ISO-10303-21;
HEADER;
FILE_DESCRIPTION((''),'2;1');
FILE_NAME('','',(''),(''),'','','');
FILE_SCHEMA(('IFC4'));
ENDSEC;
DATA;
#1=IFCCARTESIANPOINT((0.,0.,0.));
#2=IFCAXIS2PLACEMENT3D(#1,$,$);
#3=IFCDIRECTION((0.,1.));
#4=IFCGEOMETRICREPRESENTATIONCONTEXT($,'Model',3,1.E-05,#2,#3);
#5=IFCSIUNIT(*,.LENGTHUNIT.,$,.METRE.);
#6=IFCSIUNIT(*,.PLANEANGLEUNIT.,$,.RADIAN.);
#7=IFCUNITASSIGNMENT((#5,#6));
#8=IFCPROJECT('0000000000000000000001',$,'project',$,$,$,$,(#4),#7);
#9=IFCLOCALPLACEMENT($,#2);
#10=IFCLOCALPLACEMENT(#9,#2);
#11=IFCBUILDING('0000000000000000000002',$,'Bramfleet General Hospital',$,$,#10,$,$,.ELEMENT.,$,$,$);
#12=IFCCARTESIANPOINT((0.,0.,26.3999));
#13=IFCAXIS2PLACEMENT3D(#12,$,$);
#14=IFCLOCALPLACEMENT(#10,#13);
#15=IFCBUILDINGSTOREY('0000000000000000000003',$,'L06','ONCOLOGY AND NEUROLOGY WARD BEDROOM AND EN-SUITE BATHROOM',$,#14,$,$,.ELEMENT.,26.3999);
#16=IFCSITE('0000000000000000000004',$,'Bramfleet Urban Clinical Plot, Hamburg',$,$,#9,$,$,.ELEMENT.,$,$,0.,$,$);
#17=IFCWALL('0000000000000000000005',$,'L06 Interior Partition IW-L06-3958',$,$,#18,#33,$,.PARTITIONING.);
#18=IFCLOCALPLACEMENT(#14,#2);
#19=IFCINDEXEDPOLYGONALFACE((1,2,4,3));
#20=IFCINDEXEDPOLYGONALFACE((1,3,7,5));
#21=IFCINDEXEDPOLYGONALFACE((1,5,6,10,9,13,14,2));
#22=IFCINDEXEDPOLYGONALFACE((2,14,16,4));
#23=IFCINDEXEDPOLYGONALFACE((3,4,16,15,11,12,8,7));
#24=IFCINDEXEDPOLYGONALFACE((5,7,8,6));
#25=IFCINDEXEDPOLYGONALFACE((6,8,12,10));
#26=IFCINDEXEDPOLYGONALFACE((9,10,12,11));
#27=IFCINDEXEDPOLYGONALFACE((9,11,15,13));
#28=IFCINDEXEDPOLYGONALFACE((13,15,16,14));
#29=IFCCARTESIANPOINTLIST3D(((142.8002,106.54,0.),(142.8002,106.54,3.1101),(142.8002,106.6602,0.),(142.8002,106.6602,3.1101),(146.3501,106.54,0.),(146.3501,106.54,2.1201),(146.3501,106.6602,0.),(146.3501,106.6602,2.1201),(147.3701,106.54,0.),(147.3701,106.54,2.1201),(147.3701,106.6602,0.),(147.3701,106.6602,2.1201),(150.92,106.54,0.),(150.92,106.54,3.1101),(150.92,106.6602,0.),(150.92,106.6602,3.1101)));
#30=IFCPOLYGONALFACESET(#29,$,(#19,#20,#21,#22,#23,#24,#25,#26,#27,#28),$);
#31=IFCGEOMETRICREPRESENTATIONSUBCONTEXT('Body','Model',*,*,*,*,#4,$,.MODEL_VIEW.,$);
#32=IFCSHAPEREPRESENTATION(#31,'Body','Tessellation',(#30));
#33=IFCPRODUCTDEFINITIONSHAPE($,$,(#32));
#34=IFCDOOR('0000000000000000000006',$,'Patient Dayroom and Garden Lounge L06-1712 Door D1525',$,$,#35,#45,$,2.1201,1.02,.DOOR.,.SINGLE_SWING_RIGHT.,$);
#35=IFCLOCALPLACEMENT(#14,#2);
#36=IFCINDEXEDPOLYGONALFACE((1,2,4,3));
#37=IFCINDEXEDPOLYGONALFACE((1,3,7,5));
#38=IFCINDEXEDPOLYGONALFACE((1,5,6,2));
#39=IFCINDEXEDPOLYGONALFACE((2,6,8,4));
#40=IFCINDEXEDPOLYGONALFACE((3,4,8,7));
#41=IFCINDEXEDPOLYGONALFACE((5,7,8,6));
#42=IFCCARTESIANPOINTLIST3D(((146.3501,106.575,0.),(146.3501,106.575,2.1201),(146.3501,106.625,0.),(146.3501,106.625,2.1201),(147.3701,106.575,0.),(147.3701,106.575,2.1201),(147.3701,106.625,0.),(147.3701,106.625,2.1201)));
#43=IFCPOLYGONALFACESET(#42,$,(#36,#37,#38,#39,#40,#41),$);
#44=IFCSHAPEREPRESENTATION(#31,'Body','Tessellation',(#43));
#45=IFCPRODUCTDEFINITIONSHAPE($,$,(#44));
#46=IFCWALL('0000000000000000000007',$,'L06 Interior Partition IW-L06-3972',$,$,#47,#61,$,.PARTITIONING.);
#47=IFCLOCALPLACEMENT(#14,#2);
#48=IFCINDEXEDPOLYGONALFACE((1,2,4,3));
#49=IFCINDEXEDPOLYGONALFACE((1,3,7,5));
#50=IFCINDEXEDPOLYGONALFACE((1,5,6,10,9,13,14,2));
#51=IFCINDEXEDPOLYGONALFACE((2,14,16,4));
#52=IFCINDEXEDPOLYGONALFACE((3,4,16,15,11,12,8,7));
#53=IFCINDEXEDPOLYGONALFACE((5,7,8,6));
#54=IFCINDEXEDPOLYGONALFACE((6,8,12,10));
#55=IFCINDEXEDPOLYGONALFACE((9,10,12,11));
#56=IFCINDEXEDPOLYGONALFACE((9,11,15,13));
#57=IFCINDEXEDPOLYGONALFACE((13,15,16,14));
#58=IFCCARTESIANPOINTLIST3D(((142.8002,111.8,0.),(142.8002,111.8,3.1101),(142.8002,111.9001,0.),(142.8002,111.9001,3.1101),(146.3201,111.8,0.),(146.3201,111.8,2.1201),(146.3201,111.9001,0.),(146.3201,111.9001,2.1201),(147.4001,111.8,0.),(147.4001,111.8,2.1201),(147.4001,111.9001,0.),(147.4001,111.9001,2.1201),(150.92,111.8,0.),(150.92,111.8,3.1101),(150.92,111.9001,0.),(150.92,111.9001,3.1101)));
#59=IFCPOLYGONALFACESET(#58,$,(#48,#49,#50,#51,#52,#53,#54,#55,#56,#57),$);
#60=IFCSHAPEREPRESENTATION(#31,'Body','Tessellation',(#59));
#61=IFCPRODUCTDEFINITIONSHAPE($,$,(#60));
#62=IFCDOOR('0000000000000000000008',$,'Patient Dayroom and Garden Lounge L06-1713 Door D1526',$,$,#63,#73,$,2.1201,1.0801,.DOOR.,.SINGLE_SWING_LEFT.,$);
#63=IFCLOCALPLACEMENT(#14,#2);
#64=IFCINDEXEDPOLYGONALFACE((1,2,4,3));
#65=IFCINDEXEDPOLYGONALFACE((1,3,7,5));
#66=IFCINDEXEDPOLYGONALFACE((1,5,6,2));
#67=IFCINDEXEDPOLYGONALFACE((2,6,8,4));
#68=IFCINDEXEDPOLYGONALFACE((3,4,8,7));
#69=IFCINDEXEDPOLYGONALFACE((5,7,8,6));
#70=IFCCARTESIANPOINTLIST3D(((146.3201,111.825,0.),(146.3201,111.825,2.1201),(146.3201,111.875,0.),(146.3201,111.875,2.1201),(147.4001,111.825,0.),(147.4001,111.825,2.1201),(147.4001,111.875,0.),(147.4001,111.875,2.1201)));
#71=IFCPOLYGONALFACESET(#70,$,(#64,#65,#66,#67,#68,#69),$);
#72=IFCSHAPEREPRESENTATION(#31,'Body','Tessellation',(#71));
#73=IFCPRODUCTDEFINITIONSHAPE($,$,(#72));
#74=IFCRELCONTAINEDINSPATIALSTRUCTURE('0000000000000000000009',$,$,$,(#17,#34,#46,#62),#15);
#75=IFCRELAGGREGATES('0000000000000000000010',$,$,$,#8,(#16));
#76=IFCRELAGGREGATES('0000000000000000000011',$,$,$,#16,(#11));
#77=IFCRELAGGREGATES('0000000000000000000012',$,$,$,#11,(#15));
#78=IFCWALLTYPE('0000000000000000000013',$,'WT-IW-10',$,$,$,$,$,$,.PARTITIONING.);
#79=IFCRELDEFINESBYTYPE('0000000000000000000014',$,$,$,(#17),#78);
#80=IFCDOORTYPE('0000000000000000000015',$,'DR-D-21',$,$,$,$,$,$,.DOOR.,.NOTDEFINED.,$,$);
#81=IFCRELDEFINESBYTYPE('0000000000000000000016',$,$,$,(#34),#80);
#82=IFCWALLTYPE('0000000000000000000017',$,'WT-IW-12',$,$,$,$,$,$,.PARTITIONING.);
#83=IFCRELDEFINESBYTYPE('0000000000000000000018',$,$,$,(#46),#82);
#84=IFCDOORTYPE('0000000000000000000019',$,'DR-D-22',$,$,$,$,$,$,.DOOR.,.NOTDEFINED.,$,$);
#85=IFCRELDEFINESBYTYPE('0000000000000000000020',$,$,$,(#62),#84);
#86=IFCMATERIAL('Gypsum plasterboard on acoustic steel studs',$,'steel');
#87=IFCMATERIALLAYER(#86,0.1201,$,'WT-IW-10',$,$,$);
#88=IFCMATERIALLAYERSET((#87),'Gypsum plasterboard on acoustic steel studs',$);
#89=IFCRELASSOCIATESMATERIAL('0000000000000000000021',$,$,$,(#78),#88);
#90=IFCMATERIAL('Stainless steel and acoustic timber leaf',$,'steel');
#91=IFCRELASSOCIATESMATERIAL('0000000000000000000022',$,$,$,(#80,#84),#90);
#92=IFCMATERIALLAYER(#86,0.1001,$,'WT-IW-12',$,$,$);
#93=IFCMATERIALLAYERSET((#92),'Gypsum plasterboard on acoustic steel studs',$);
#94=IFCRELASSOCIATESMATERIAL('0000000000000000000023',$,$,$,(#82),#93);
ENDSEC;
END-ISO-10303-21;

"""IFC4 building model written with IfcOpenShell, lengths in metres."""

from ifc_helpers import new_model, si_unit, direction, frame, frame_2d, origin, place, context, subcontext, project, spatial, rectangle, extrude, material, layer, layer_set, type_object, element, fill, save


model = new_model("IFC4")

# Units and contexts
model_context = context("Model", 3, precision=1e-05, world=origin(), true_north=direction((0.0, 1.0)))
body_context = subcontext(model_context, "Body", "Model", "MODEL_VIEW")
ifc_project = project(units=[si_unit("LENGTHUNIT", "METRE"), si_unit("PLANEANGLEUNIT", "RADIAN")], contexts=[model_context])

# Site, building, storey
site_placement = place(None, origin())
site = spatial("IfcSite", under=ifc_project, at=site_placement, Name="Bramfleet Urban Clinical Plot, Hamburg", CompositionType="ELEMENT", RefElevation=0.0)
building_placement = place(site_placement, origin())
building = spatial("IfcBuilding", under=site, at=building_placement, Name="Bramfleet General Hospital", CompositionType="ELEMENT")
storey_placement = place(building_placement, frame((0.0, 0.0, 26.3999)))
storey = spatial("IfcBuildingStorey", under=building, at=storey_placement, Name="L06", Description="ONCOLOGY AND NEUROLOGY WARD BEDROOM AND EN-SUITE BATHROOM", CompositionType="ELEMENT", Elevation=26.3999)

# Shared definitions
ifc_material_1 = material(Name="Gypsum plasterboard on acoustic steel studs", Category="steel")

# Walls, openings, doors
ifc_layer_1 = layer(ifc_material_1, 0.1201, Name="WT-IW-10")
ifc_layer_set_1 = layer_set([ifc_layer_1], Name="Gypsum plasterboard on acoustic steel studs")
wall_type_1 = type_object("IfcWallType", Name="WT-IW-10", PredefinedType="PARTITIONING", material=ifc_layer_set_1)
wall_1_placement = place(storey_placement, frame((142.8, 106.6001, 0.0), z_axis=(0.0, 0.0, 1.0), x_axis=(1.0, 0.0, 0.0)))
wall_1 = element("IfcWall", 1, at=wall_1_placement, inside=storey, type_object=wall_type_1, Name="L06 Interior Partition IW-L06-3958", PredefinedType="PARTITIONING", context=body_context, shape_type="SweptSolid", body=[
    extrude(rectangle(XDim=8.1199, YDim=0.1201, at=frame_2d((4.0601, 0.0))), origin(), (0.0, 0.0, 1.0), 3.1101),
])
opening_1_placement = place(wall_1_placement, frame((3.55, 0.0, 0.0)))
opening_1 = element("IfcOpeningElement", 2, at=opening_1_placement, cuts=wall_1, PredefinedType="OPENING", context=body_context, shape_type="SweptSolid", body=[
    extrude(rectangle(XDim=1.02, YDim=2.1201, at=frame_2d((0.51, 1.0601))), frame((0.0, 0.0701, 0.0), z_axis=(0.0, -1.0, 0.0), x_axis=(1.0, 0.0, 0.0)), (0.0, 0.0, 1.0), 0.1401),
])
ifc_material_2 = material(Name="Stainless steel and acoustic timber leaf", Category="steel")
door_type_1 = type_object("IfcDoorType", Name="DR-D-21", OperationType="NOTDEFINED", PredefinedType="DOOR", material=ifc_material_2)
door_1_placement = place(opening_1_placement, origin())
door_1 = element("IfcDoor", 3, at=door_1_placement, inside=storey, type_object=door_type_1, Name="Patient Dayroom and Garden Lounge L06-1712 Door D1525", OperationType="SINGLE_SWING_RIGHT", OverallHeight=2.1201, OverallWidth=1.02, PredefinedType="DOOR", context=body_context, shape_type="SweptSolid", body=[
    extrude(rectangle(XDim=1.02, YDim=2.1201, at=frame_2d((0.51, 1.0601))), frame((0.0, 0.0249, 0.0), z_axis=(0.0, -1.0, 0.0), x_axis=(1.0, 0.0, 0.0)), (0.0, 0.0, 1.0), 0.05),
])
fill(opening_1, door_1)
ifc_layer_2 = layer(ifc_material_1, 0.1001, Name="WT-IW-12")
ifc_layer_set_2 = layer_set([ifc_layer_2], Name="Gypsum plasterboard on acoustic steel studs")
wall_type_2 = type_object("IfcWallType", Name="WT-IW-12", PredefinedType="PARTITIONING", material=ifc_layer_set_2)
wall_2_placement = place(storey_placement, frame((142.8, 111.8501, 0.0), z_axis=(0.0, 0.0, 1.0), x_axis=(1.0, 0.0, 0.0)))
wall_2 = element("IfcWall", 4, at=wall_2_placement, inside=storey, type_object=wall_type_2, Name="L06 Interior Partition IW-L06-3972", PredefinedType="PARTITIONING", context=body_context, shape_type="SweptSolid", body=[
    extrude(rectangle(XDim=8.1199, YDim=0.1001, at=frame_2d((4.0601, 0.0))), origin(), (0.0, 0.0, 1.0), 3.1101),
])
opening_2_placement = place(wall_2_placement, frame((3.52, 0.0, 0.0)))
opening_2 = element("IfcOpeningElement", 5, at=opening_2_placement, cuts=wall_2, PredefinedType="OPENING", context=body_context, shape_type="SweptSolid", body=[
    extrude(rectangle(XDim=1.0801, YDim=2.1201, at=frame_2d((0.54, 1.0601))), frame((0.0, 0.0601, 0.0), z_axis=(0.0, -1.0, 0.0), x_axis=(1.0, 0.0, 0.0)), (0.0, 0.0, 1.0), 0.1201),
])
door_type_2 = type_object("IfcDoorType", Name="DR-D-22", OperationType="NOTDEFINED", PredefinedType="DOOR", material=ifc_material_2)
door_2_placement = place(opening_2_placement, origin())
door_2 = element("IfcDoor", 6, at=door_2_placement, inside=storey, type_object=door_type_2, Name="Patient Dayroom and Garden Lounge L06-1713 Door D1526", OperationType="SINGLE_SWING_LEFT", OverallHeight=2.1201, OverallWidth=1.0801, PredefinedType="DOOR", context=body_context, shape_type="SweptSolid", body=[
    extrude(rectangle(XDim=1.0801, YDim=2.1201, at=frame_2d((0.54, 1.0601))), frame((0.0, 0.0249, 0.0), z_axis=(0.0, -1.0, 0.0), x_axis=(1.0, 0.0, 0.0)), (0.0, 0.0, 1.0), 0.05),
])
fill(opening_2, door_2)

save(model, "model.ifc")
